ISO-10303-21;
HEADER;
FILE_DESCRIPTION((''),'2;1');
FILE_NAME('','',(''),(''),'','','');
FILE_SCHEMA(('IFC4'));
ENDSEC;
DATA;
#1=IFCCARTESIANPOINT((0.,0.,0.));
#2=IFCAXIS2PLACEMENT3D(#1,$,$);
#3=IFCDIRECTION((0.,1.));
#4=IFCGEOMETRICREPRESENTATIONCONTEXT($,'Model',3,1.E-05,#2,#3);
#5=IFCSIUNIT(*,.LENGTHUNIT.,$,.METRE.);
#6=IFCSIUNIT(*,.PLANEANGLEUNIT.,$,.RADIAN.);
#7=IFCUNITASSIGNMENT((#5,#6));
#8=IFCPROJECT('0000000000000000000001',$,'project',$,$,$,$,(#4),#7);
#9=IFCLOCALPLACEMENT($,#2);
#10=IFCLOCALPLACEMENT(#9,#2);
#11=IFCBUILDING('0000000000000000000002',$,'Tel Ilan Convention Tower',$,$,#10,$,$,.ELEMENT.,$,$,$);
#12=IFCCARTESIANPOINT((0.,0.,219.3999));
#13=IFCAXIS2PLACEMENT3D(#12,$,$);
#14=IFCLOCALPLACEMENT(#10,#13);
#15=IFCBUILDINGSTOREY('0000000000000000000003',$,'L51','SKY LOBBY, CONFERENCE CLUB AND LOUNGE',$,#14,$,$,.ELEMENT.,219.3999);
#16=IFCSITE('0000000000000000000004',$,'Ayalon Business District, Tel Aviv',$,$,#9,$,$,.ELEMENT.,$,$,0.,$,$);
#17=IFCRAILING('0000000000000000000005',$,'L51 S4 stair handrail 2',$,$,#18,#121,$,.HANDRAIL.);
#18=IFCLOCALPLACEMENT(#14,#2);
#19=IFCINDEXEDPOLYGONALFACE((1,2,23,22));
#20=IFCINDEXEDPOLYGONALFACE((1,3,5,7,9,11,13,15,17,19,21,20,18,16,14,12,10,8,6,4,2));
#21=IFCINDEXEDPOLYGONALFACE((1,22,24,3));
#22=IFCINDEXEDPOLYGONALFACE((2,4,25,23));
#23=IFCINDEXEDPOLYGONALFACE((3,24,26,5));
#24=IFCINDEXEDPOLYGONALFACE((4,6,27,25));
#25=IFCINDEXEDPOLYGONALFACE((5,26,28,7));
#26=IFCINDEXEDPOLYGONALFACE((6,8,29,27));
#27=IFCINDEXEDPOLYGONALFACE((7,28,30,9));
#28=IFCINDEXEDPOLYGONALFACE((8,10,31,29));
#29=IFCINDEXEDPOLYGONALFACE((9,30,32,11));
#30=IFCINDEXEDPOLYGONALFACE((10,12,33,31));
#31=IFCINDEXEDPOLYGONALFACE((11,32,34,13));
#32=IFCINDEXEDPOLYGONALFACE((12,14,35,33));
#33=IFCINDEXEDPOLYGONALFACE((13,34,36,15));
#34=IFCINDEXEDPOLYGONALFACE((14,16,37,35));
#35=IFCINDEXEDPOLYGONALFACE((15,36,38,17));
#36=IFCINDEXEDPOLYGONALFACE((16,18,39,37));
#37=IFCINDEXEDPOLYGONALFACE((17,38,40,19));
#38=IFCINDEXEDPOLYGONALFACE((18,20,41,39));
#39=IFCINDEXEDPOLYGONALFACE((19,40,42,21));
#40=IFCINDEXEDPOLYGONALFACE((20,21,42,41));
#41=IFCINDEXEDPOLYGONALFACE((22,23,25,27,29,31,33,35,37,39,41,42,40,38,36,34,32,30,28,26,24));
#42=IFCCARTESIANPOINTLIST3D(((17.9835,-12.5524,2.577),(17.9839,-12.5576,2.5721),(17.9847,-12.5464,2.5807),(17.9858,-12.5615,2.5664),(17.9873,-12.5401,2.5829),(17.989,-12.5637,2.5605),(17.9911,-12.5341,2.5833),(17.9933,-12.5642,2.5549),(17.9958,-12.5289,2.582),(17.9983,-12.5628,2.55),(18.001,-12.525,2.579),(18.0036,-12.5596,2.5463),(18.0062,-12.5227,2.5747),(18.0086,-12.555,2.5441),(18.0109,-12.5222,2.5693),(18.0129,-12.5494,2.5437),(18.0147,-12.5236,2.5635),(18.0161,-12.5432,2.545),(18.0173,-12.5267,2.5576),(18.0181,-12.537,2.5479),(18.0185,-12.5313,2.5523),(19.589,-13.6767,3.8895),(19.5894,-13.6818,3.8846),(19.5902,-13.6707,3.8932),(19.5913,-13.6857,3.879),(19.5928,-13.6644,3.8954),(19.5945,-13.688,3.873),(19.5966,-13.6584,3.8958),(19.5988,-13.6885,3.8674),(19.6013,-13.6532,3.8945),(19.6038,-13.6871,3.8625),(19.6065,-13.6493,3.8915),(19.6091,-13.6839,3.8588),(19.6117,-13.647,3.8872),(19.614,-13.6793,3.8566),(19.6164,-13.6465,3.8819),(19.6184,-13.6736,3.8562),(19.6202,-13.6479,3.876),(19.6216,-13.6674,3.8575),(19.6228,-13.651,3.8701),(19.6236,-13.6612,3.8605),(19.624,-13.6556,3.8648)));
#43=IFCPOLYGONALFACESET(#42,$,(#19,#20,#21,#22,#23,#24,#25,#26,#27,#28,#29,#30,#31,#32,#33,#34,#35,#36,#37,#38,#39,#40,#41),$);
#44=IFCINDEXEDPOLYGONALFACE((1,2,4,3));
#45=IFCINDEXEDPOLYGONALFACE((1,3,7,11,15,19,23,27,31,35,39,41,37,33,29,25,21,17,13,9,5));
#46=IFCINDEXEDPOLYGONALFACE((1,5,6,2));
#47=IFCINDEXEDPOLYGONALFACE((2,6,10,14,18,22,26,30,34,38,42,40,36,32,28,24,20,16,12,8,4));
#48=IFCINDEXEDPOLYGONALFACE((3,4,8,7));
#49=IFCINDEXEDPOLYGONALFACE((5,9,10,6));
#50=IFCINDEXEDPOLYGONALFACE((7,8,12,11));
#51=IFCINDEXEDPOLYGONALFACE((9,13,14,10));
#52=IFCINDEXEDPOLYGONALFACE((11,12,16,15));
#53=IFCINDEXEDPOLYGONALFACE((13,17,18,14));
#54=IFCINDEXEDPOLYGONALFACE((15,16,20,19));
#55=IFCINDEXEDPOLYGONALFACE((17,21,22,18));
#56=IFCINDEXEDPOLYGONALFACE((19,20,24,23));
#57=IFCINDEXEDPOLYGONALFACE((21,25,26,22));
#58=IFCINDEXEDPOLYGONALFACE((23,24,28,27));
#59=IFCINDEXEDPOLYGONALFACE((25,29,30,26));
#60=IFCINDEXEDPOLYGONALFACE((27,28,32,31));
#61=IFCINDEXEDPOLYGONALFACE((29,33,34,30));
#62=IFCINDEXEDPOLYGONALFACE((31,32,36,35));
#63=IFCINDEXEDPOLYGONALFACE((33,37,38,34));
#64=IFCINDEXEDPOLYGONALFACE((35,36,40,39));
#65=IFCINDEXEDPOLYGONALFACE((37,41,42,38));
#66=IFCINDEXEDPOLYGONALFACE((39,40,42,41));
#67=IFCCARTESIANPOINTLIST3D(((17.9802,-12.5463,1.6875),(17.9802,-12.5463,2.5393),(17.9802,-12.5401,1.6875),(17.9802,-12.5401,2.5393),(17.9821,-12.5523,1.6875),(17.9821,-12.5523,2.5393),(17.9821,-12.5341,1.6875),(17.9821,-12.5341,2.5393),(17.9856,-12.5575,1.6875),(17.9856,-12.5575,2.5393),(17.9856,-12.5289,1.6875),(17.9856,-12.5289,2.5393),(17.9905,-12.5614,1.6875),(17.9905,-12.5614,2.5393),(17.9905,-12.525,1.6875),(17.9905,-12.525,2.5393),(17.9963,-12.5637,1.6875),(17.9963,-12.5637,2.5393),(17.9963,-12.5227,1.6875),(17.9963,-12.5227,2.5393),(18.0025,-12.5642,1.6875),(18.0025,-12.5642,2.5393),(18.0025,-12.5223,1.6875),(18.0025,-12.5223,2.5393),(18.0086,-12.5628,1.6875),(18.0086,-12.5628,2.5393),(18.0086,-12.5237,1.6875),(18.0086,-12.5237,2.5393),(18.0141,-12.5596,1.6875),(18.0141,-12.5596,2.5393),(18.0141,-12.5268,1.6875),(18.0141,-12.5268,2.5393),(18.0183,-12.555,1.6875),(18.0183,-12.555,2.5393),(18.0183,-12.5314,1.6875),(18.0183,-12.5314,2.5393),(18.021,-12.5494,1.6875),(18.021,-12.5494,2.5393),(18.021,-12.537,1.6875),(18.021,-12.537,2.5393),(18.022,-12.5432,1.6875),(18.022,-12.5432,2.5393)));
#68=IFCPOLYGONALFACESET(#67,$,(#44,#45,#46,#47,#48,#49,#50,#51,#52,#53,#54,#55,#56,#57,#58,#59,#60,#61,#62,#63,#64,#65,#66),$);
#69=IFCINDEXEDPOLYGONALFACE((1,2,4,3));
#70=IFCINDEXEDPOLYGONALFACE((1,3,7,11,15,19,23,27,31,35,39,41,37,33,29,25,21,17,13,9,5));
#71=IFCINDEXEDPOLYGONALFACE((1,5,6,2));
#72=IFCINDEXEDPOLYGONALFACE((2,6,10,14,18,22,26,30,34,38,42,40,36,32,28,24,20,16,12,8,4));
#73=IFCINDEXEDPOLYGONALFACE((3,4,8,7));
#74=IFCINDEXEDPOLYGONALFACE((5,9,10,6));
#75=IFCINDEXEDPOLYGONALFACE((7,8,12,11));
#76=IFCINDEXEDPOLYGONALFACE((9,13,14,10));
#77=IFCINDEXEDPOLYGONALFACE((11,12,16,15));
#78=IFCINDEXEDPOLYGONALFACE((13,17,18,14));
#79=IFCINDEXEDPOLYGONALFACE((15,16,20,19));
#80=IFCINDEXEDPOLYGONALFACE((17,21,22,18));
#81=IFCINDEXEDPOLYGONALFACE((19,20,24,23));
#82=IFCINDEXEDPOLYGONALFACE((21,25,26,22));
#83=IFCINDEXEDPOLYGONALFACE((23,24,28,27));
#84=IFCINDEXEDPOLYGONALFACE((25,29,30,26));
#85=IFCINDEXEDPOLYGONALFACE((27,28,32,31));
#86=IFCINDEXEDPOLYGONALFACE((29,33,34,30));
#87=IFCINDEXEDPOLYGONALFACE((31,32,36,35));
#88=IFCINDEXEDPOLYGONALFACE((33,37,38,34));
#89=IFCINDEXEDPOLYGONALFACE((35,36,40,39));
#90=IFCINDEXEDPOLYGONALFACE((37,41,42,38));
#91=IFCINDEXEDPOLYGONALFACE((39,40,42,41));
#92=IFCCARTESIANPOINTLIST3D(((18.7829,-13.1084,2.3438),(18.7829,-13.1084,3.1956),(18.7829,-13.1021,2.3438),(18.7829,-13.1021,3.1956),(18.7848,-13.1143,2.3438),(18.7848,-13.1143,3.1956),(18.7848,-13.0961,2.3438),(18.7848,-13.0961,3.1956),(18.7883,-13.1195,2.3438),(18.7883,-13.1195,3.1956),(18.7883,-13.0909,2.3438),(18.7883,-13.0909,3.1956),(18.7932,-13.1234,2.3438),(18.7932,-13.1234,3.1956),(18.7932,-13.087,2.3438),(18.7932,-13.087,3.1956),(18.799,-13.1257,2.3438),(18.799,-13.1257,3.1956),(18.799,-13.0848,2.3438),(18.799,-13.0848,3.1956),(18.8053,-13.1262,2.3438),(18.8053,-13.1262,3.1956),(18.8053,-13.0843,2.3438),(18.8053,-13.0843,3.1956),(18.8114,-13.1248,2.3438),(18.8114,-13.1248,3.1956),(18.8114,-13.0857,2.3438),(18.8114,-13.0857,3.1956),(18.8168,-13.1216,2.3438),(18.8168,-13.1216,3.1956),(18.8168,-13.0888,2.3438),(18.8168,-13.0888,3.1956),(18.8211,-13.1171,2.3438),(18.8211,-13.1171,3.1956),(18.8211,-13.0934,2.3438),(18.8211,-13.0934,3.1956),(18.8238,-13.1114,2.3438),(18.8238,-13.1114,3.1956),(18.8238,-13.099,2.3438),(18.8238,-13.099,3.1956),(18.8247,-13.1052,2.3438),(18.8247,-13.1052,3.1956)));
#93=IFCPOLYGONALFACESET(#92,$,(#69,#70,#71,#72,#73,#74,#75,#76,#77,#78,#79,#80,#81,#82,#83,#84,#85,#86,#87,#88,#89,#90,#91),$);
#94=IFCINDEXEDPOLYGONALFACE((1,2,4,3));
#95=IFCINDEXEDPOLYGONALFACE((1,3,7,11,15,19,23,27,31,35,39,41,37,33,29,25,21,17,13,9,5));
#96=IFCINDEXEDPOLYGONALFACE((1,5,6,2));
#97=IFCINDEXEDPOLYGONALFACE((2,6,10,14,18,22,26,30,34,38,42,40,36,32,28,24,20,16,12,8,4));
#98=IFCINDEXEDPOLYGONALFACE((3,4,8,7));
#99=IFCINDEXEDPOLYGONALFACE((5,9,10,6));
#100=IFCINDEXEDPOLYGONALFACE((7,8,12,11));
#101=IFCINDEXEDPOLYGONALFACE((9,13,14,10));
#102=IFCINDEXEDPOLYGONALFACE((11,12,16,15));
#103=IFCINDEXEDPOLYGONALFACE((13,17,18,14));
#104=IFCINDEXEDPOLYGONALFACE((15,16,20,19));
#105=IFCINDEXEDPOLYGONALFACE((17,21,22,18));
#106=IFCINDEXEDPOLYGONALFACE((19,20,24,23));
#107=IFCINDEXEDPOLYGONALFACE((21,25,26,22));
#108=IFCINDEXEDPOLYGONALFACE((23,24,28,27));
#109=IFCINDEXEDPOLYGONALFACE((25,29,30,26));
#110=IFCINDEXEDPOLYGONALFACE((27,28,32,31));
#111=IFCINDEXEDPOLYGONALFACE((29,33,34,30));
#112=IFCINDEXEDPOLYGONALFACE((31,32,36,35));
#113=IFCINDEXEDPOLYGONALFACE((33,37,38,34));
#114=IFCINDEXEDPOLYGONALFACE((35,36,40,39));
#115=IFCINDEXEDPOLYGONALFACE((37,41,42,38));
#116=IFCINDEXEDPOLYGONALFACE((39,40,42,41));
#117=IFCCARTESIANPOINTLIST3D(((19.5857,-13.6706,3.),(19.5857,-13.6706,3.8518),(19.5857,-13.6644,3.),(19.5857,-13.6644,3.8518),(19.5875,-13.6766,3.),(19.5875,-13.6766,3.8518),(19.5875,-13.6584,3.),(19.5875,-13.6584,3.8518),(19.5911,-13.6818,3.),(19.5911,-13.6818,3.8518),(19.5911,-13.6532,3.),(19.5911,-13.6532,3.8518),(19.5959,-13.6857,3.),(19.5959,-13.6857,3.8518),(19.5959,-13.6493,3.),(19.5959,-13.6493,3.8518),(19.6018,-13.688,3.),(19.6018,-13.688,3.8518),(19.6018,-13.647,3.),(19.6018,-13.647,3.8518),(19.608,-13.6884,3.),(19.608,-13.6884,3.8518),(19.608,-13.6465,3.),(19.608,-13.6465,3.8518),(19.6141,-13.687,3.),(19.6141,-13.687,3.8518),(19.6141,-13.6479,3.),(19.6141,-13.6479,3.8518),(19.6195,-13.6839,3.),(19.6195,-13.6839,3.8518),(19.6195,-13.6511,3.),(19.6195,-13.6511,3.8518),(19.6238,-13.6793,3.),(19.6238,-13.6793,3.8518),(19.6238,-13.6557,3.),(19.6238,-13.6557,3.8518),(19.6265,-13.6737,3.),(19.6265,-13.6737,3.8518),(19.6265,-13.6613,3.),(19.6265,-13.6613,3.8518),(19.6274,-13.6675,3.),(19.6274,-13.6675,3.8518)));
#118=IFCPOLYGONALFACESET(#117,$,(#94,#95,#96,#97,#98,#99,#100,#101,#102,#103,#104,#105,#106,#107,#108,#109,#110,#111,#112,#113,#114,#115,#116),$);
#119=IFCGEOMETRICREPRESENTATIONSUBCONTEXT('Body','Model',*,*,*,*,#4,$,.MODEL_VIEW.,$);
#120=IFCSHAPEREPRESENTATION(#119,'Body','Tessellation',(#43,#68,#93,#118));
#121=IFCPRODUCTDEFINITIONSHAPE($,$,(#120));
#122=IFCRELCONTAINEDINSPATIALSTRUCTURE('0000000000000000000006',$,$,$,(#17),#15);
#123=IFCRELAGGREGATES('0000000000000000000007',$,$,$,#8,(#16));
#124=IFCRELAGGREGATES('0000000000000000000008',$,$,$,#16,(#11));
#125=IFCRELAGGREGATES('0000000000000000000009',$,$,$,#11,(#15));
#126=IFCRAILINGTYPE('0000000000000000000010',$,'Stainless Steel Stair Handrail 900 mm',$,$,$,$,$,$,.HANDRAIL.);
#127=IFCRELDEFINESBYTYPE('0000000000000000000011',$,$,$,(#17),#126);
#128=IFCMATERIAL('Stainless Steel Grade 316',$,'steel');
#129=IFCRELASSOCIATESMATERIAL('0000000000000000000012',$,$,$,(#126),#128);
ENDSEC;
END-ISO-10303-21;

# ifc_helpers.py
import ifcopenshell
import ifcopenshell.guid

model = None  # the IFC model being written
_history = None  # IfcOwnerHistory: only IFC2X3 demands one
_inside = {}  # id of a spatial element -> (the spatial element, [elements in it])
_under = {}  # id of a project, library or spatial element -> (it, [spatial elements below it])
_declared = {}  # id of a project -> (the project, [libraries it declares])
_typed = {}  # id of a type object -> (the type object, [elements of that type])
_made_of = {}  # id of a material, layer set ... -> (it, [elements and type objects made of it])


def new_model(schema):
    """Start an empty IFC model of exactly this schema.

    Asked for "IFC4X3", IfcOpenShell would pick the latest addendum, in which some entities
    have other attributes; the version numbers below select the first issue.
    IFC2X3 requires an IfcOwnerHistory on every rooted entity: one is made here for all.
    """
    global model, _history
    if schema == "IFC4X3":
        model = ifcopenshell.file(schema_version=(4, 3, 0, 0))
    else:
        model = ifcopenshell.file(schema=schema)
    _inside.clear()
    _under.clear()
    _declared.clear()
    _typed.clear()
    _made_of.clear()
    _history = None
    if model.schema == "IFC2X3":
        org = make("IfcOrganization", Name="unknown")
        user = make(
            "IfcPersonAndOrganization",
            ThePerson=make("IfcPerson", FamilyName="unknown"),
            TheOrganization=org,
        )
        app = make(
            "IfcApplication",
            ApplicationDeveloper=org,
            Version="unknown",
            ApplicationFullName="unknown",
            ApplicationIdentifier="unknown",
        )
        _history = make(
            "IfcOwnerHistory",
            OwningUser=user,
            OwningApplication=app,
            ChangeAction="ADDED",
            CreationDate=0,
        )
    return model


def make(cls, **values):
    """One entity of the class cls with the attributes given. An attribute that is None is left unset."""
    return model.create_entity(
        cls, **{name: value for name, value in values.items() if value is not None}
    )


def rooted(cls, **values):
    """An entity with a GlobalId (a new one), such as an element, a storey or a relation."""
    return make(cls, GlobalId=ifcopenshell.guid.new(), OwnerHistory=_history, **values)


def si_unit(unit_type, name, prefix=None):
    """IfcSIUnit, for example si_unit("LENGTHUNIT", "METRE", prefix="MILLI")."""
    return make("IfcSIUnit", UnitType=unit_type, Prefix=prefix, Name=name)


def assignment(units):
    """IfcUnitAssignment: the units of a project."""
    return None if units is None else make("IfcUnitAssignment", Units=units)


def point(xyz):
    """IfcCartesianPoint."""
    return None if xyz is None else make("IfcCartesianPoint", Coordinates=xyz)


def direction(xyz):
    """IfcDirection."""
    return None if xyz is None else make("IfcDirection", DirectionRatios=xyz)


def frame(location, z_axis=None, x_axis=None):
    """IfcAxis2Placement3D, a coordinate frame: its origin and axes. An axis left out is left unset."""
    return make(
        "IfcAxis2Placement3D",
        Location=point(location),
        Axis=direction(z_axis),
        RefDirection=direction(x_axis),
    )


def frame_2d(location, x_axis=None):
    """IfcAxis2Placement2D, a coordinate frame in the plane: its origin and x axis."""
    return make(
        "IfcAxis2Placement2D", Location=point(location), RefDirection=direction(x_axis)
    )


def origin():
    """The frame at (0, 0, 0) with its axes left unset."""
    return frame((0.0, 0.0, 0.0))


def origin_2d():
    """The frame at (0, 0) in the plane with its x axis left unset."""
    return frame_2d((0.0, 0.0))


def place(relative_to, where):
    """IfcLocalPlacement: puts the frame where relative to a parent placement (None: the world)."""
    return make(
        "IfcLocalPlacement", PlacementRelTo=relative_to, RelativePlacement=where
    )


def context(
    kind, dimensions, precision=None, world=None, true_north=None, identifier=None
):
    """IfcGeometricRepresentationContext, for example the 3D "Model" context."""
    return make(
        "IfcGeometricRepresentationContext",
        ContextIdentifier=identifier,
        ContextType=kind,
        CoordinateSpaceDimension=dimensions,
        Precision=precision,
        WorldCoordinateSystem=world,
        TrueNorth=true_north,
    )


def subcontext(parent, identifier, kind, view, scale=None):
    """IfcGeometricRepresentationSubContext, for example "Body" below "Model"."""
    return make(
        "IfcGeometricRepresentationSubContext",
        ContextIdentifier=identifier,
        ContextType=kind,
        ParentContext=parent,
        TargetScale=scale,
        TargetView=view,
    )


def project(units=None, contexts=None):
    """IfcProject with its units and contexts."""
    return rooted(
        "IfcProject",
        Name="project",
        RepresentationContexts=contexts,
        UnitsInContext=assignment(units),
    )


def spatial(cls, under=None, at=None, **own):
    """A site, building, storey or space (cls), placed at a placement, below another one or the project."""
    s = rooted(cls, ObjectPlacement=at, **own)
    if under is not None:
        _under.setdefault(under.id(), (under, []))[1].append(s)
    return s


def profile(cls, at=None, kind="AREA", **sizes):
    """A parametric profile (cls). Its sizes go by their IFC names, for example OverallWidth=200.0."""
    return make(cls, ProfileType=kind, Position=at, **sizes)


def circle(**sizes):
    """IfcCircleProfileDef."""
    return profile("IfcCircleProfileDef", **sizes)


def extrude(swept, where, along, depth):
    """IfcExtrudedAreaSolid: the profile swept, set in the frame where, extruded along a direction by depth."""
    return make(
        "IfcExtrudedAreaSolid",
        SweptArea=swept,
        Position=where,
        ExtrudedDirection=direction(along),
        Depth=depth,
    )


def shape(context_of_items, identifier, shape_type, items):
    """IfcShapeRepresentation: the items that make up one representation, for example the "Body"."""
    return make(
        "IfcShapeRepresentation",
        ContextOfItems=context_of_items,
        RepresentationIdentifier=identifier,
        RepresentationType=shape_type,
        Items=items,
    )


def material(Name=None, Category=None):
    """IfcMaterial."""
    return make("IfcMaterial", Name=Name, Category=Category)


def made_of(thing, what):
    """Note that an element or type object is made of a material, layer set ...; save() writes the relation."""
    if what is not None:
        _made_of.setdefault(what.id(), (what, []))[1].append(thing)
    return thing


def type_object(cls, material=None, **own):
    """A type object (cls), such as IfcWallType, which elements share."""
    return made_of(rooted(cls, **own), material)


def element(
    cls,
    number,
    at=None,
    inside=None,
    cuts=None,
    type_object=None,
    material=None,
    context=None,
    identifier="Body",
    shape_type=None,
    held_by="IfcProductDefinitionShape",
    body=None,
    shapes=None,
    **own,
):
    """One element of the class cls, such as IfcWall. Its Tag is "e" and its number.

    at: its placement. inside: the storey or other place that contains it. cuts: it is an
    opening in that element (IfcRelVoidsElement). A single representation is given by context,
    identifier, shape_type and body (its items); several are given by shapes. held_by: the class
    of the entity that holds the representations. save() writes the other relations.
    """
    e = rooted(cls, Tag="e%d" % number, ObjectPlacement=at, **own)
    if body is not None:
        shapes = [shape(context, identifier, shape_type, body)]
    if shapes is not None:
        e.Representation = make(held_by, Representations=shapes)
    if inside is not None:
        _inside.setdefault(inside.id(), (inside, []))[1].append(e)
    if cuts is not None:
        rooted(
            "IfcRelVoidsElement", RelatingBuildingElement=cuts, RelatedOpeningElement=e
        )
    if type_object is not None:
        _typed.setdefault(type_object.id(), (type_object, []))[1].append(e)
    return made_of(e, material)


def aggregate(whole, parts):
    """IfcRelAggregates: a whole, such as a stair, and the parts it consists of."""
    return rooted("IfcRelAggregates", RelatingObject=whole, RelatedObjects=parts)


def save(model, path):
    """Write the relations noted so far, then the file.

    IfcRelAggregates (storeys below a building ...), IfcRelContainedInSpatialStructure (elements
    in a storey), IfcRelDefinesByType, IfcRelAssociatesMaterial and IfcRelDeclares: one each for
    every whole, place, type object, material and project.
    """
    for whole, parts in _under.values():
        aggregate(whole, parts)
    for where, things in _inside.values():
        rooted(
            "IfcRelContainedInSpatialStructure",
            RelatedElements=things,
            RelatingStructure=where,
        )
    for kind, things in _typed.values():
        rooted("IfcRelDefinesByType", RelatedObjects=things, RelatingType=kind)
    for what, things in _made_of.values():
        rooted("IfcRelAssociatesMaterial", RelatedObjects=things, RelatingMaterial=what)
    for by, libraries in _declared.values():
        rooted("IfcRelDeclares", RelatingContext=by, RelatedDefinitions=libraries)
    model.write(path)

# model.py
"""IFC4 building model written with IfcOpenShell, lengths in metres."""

from ifc_helpers import new_model, si_unit, direction, frame, origin, origin_2d, place, context, subcontext, project, spatial, circle, extrude, material, type_object, element, save


model = new_model("IFC4")

# Units and contexts
model_context = context("Model", 3, precision=1e-05, world=origin(), true_north=direction((0.0, 1.0)))
body_context = subcontext(model_context, "Body", "Model", "MODEL_VIEW")
ifc_project = project(units=[si_unit("LENGTHUNIT", "METRE"), si_unit("PLANEANGLEUNIT", "RADIAN")], contexts=[model_context])

# Site, building, storey
site_placement = place(None, origin())
site = spatial("IfcSite", under=ifc_project, at=site_placement, Name="Ayalon Business District, Tel Aviv", CompositionType="ELEMENT", RefElevation=0.0)
building_placement = place(site_placement, origin())
building = spatial("IfcBuilding", under=site, at=building_placement, Name="Tel Ilan Convention Tower", CompositionType="ELEMENT")
storey_placement = place(building_placement, frame((0.0, 0.0, 219.3999)))
storey = spatial("IfcBuildingStorey", under=building, at=storey_placement, Name="L51", Description="SKY LOBBY, CONFERENCE CLUB AND LOUNGE", CompositionType="ELEMENT", Elevation=219.3999)

# Railing
ifc_material_1 = material(Name="Stainless Steel Grade 316", Category="steel")
railing_type_1 = type_object("IfcRailingType", Name="Stainless Steel Stair Handrail 900 mm", PredefinedType="HANDRAIL", material=ifc_material_1)
for number, where, name in (
    (1, (18.001, -12.5432, 1.6875), "L51 S4 stair handrail 2"),
):
    element("IfcRailing", number, at=place(storey_placement, frame(where)), inside=storey, type_object=railing_type_1, Name=name, PredefinedType="HANDRAIL", context=body_context, shape_type="SweptSolid", body=[
        extrude(circle(Radius=0.0239, at=origin_2d()), frame((0.0, 0.0, 0.876), z_axis=(0.680616, -0.476617, 0.556416), x_axis=(0.573613, 0.819127, 0.0)), (0.0, 0.0, 1.0), 2.3589),
        extrude(circle(Radius=0.021, at=origin_2d()), origin(), (0.0, 0.0, 1.0), 0.8518),
        extrude(circle(Radius=0.021, at=origin_2d()), frame((0.8027, -0.562, 0.6562)), (0.0, 0.0, 1.0), 0.8518),
        extrude(circle(Radius=0.021, at=origin_2d()), frame((1.6055, -1.1243, 1.3125)), (0.0, 0.0, 1.0), 0.8518),
    ])

save(model, "model.ifc")
